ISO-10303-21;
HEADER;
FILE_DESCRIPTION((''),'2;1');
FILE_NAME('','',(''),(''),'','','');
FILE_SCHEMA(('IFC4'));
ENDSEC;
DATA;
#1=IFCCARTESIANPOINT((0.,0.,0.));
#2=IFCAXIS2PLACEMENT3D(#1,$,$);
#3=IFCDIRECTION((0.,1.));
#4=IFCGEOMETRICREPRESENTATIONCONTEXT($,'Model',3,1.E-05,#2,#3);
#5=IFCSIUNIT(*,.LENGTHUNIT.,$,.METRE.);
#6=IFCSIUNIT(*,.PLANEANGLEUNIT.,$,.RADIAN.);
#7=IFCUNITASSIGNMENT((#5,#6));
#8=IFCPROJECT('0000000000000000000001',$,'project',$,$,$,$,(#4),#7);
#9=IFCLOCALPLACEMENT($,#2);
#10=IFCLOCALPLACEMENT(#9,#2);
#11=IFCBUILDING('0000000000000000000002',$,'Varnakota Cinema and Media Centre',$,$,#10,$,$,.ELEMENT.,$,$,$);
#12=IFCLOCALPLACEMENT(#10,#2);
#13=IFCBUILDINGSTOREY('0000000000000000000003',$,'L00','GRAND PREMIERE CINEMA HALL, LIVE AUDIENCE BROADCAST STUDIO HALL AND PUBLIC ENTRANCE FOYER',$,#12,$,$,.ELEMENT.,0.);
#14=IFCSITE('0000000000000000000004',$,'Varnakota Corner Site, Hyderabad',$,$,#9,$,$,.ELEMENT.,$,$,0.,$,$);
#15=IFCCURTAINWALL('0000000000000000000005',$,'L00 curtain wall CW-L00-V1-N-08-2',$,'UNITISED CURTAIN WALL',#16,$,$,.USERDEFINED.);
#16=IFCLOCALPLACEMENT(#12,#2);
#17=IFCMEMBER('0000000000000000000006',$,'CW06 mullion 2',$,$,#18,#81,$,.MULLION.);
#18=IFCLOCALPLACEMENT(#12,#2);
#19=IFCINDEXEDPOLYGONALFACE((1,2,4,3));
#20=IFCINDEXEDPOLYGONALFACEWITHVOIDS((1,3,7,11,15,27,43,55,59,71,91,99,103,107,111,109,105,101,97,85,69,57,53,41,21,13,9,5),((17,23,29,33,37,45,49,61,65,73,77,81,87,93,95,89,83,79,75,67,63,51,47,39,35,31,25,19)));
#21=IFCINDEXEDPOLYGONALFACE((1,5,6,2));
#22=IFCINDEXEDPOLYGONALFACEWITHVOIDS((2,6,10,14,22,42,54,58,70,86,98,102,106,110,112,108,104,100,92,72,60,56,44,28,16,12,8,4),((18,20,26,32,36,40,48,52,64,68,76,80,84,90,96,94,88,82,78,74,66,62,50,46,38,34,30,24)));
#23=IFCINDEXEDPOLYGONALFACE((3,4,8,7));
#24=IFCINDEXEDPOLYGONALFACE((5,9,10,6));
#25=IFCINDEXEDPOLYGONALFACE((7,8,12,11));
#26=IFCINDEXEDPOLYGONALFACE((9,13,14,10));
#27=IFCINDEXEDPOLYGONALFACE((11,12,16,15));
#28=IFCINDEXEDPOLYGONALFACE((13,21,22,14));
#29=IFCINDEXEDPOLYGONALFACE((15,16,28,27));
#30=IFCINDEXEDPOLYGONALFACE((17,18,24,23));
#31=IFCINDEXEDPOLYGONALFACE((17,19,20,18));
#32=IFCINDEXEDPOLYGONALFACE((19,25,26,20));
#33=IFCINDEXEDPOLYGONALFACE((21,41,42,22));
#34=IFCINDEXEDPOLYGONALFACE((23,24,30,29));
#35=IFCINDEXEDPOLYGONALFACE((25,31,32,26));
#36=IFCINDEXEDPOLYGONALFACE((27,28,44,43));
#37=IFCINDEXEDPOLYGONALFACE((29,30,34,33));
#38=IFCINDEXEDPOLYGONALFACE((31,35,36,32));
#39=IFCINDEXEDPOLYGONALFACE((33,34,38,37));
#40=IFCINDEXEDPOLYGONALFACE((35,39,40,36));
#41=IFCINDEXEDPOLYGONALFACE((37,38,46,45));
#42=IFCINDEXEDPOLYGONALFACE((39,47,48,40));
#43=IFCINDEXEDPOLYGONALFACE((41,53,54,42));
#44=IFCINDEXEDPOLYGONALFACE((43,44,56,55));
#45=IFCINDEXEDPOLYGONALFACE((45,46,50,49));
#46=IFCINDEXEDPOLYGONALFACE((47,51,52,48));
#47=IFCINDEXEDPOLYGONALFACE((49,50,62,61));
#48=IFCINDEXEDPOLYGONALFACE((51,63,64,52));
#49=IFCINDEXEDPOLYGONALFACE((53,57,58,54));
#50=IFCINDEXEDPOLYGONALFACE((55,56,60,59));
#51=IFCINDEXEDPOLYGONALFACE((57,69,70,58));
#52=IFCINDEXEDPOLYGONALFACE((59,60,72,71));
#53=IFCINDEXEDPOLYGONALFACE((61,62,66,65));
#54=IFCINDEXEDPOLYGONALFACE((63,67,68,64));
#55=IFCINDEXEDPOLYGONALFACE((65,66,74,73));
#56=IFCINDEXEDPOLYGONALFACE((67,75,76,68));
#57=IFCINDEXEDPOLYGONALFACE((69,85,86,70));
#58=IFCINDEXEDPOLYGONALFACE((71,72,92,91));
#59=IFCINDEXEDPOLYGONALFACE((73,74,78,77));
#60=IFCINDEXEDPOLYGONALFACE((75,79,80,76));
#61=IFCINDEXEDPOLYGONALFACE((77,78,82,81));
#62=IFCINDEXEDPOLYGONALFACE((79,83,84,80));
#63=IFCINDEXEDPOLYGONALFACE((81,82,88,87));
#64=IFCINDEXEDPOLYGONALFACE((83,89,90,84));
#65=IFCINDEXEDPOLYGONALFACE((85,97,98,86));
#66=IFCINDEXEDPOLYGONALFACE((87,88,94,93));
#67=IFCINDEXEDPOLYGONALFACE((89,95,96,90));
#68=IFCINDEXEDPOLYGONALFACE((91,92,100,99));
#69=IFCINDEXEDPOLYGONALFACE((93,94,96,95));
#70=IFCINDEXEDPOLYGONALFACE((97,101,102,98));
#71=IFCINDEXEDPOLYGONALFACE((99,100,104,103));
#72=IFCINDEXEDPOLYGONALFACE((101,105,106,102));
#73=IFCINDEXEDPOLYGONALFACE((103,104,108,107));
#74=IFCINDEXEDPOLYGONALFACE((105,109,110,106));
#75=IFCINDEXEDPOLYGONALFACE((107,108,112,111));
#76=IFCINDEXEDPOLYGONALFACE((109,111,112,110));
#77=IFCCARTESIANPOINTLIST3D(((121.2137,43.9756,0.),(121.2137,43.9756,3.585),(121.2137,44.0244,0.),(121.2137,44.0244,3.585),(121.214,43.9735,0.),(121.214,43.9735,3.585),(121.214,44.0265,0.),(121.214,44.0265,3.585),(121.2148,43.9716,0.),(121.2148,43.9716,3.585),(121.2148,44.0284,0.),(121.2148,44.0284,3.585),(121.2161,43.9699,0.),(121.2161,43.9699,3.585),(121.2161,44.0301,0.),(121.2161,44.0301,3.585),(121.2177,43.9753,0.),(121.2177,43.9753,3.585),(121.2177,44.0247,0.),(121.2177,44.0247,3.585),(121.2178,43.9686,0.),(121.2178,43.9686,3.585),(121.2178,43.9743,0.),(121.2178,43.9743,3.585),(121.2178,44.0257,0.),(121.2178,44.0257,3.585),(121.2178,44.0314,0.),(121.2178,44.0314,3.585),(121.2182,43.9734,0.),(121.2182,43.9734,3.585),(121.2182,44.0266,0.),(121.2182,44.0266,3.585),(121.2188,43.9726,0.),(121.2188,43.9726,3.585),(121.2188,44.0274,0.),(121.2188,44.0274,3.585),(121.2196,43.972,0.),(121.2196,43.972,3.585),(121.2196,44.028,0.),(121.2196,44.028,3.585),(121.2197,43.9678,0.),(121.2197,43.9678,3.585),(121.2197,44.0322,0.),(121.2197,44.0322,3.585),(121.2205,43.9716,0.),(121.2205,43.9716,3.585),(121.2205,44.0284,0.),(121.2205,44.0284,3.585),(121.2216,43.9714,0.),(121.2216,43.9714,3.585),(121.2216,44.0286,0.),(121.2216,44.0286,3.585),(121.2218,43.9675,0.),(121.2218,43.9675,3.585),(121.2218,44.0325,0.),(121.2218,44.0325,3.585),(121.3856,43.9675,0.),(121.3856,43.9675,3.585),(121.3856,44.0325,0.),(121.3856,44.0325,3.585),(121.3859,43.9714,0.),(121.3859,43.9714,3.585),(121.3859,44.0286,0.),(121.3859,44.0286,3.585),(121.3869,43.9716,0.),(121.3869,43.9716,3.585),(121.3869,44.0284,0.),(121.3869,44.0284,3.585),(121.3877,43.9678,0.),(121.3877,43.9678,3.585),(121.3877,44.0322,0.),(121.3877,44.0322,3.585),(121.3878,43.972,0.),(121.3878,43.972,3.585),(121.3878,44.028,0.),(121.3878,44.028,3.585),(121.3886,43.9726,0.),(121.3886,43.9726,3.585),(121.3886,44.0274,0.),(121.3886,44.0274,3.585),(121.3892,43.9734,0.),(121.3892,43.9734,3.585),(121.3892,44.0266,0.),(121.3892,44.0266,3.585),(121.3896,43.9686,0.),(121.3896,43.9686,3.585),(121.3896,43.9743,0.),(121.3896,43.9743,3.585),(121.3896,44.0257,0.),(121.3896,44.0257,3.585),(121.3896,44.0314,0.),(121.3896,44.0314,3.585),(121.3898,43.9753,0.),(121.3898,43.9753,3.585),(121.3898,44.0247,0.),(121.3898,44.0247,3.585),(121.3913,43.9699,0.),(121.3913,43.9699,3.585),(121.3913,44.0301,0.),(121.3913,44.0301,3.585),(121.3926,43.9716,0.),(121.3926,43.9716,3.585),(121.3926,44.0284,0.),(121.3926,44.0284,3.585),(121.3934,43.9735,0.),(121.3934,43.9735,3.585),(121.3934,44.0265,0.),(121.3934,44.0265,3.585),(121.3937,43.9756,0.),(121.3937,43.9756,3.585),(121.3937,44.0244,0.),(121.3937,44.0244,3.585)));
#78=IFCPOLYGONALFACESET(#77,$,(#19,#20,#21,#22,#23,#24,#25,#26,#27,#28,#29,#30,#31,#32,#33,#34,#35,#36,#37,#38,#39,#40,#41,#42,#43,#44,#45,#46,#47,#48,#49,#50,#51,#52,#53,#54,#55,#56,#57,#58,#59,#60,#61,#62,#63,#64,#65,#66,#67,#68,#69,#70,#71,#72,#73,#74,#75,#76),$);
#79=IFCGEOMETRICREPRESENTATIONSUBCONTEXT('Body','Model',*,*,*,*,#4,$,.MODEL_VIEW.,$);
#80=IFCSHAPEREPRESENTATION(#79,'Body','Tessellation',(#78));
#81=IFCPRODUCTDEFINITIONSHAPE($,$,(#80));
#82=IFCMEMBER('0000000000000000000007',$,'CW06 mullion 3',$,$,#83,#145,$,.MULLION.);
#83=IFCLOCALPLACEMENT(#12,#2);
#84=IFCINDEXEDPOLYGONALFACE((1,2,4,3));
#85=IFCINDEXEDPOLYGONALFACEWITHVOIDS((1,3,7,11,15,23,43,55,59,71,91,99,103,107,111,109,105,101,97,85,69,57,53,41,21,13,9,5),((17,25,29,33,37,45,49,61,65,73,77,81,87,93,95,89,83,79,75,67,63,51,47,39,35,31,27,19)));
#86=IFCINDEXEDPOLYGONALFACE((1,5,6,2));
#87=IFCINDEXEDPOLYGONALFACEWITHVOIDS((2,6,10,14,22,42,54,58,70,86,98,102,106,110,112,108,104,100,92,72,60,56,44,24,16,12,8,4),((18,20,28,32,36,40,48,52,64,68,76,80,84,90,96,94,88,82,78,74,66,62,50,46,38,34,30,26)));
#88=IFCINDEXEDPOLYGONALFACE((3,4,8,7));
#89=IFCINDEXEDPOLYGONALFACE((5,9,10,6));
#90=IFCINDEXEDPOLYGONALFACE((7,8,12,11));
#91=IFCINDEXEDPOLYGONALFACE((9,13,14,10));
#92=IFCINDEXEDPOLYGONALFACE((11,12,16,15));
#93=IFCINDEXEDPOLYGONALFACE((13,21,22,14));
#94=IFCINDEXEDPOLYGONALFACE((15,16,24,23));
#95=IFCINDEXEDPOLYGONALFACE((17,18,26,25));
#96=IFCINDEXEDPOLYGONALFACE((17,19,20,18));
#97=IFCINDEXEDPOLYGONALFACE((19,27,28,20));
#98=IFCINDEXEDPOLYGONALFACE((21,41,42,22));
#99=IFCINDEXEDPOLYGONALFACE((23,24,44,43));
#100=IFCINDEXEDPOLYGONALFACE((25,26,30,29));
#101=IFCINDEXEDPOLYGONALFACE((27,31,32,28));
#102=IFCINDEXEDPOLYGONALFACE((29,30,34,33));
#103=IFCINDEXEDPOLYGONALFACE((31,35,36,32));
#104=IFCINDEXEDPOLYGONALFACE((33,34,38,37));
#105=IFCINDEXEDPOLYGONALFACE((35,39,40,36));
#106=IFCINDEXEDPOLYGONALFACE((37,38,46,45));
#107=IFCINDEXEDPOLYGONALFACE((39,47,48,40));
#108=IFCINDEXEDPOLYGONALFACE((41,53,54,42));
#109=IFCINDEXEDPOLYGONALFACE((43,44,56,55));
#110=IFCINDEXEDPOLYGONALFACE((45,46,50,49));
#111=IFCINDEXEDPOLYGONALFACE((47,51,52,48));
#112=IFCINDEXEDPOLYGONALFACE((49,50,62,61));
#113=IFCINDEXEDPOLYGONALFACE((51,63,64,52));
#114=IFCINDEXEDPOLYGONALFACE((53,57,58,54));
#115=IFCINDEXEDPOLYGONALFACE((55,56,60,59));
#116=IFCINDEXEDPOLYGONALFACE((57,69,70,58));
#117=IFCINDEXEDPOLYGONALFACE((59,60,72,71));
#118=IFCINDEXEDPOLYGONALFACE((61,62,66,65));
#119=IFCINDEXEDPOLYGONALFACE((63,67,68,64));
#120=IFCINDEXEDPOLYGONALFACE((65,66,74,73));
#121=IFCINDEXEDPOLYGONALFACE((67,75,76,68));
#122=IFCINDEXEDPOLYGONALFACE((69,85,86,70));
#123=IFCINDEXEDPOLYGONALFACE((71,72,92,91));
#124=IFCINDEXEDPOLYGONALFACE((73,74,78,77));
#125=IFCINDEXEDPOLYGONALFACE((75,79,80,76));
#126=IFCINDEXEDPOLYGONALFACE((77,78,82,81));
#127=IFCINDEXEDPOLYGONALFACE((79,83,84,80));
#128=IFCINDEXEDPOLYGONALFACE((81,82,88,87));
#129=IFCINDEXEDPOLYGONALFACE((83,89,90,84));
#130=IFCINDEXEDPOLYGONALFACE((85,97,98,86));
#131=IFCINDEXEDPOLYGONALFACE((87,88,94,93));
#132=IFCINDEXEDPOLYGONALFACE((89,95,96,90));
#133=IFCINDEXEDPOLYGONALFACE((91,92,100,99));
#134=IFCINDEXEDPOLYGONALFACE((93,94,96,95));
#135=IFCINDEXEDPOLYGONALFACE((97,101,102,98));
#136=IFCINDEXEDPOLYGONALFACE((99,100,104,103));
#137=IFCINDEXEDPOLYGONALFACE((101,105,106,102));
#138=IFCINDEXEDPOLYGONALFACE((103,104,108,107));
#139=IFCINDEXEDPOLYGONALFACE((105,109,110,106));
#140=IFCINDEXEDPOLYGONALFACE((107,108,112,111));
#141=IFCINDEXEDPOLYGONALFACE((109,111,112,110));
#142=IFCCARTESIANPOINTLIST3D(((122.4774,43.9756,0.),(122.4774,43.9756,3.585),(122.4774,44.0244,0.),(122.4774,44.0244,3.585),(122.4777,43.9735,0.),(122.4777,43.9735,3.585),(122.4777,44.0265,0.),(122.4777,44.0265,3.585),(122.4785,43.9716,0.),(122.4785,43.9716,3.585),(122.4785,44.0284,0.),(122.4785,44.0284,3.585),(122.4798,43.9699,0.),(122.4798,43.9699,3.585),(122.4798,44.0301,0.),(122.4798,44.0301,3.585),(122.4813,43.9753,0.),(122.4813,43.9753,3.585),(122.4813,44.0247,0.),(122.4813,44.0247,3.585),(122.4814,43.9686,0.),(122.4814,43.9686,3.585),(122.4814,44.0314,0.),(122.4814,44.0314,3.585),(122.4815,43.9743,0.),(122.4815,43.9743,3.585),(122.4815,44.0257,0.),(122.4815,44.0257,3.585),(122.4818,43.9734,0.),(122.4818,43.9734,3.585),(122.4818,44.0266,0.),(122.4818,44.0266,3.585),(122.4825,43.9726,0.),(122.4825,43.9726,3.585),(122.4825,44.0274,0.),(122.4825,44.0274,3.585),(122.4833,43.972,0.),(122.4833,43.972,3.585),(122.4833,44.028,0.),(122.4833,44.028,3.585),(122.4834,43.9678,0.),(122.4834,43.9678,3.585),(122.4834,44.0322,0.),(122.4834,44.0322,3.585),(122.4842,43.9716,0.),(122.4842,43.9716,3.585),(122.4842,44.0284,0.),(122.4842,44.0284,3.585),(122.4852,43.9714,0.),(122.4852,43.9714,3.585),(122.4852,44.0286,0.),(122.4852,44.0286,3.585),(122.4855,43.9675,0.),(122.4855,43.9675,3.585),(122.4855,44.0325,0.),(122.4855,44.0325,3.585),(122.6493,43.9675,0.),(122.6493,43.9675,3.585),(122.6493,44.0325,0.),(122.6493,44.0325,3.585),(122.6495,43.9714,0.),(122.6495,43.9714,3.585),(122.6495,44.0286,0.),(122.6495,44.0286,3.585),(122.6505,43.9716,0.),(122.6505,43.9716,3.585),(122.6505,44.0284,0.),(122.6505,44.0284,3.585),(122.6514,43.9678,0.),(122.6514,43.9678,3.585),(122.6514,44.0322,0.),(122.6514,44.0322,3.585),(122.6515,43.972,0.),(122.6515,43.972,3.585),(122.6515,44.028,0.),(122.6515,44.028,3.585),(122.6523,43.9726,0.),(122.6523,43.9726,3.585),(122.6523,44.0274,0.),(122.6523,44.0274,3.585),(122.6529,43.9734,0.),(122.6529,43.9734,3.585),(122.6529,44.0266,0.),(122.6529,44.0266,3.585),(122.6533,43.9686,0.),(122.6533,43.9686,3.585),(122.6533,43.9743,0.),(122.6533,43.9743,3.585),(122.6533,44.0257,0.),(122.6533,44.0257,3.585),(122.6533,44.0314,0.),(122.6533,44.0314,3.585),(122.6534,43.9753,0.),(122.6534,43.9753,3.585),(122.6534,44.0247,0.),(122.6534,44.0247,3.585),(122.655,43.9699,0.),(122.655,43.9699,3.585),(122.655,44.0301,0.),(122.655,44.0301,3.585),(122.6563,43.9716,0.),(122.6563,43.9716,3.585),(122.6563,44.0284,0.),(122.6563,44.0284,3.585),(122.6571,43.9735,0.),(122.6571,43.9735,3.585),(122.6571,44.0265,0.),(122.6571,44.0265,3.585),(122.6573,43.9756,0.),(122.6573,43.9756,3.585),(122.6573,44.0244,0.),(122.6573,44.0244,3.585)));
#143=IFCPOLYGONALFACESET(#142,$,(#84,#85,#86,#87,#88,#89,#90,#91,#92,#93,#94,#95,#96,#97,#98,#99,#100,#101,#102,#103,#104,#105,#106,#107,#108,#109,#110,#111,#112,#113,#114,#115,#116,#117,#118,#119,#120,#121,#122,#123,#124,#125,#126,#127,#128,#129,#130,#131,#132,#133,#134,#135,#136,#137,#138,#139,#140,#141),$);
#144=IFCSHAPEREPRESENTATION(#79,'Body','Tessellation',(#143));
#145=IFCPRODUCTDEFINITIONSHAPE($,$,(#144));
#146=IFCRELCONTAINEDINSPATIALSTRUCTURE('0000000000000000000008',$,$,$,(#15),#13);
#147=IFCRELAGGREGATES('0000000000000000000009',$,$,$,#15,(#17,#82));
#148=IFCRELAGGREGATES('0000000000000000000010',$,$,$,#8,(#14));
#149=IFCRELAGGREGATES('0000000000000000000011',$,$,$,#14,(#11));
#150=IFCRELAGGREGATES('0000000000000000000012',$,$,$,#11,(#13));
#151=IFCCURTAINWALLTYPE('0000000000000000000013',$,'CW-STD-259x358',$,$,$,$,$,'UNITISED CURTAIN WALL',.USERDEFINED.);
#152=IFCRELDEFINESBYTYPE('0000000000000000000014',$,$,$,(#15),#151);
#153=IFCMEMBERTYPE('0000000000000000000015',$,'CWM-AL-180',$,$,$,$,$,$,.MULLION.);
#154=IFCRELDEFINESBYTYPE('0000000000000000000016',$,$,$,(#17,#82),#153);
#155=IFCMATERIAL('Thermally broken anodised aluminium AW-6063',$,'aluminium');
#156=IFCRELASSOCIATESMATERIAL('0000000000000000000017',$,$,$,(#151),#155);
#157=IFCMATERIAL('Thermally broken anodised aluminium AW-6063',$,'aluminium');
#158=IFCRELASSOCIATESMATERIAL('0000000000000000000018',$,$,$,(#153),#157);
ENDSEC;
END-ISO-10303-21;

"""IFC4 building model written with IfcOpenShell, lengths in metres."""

from ifc_helpers import new_model, si_unit, direction, frame, origin, origin_2d, place, context, subcontext, project, spatial, hollow_rectangle, extrude, material, material_profile, profile_set, type_object, element, aggregate, save


model = new_model("IFC4")

# Units and contexts
model_context = context("Model", 3, precision=1e-05, world=origin(), true_north=direction((0.0, 1.0)))
body_context = subcontext(model_context, "Body", "Model", "MODEL_VIEW")
ifc_project = project(units=[si_unit("LENGTHUNIT", "METRE"), si_unit("PLANEANGLEUNIT", "RADIAN")], contexts=[model_context])

# Site, building, storey
site_placement = place(None, origin())
site = spatial("IfcSite", under=ifc_project, at=site_placement, Name="Varnakota Corner Site, Hyderabad", CompositionType="ELEMENT", RefElevation=0.0)
building_placement = place(site_placement, origin())
building = spatial("IfcBuilding", under=site, at=building_placement, Name="Varnakota Cinema and Media Centre", CompositionType="ELEMENT")
storey_placement = place(building_placement, origin())
storey = spatial("IfcBuildingStorey", under=building, at=storey_placement, Name="L00", Description="GRAND PREMIERE CINEMA HALL, LIVE AUDIENCE BROADCAST STUDIO HALL AND PUBLIC ENTRANCE FOYER", CompositionType="ELEMENT", Elevation=0.0)

# Curtain wall, members
ifc_material_1 = material(Name="Thermally broken anodised aluminium AW-6063", Category="aluminium")
curtain_wall_type = type_object("IfcCurtainWallType", Name="CW-STD-259x358", ElementType="UNITISED CURTAIN WALL", PredefinedType="USERDEFINED", material=ifc_material_1)
curtain_wall_1_placement = place(storey_placement, origin())
curtain_wall_1 = element("IfcCurtainWall", 1, at=curtain_wall_1_placement, inside=storey, type_object=curtain_wall_type, Name="L00 curtain wall CW-L00-V1-N-08-2", ObjectType="UNITISED CURTAIN WALL", PredefinedType="USERDEFINED")
ifc_material_2 = material(Name="Thermally broken anodised aluminium AW-6063", Category="aluminium")
ifc_material_profile_1 = material_profile(ifc_material_2, hollow_rectangle(XDim=0.0649, YDim=0.1799, WallThickness=0.0039, InnerFilletRadius=0.0039, OuterFilletRadius=0.0081, at=origin_2d()), Name="AL-MULLION 180x65x4")
ifc_profile_set_1 = profile_set([ifc_material_profile_1], Name="Thermally broken anodised aluminium AW-6063")
member_type_1 = type_object("IfcMemberType", Name="CWM-AL-180", PredefinedType="MULLION", material=ifc_profile_set_1)
member_1_placement = place(storey_placement, frame((121.3037, 44.0, 0.0), z_axis=(0.0, 0.0, 1.0), x_axis=(0.0, 1.0, 0.0)))
member_1 = element("IfcMember", 2, at=member_1_placement, type_object=member_type_1, Name="CW06 mullion 2", PredefinedType="MULLION", context=body_context, shape_type="SweptSolid", body=[
    extrude(hollow_rectangle(XDim=0.0649, YDim=0.1799, WallThickness=0.0039, InnerFilletRadius=0.0039, OuterFilletRadius=0.0081, at=origin_2d()), origin(), (0.0, 0.0, 1.0), 3.585),
])
member_2_placement = place(storey_placement, frame((122.5674, 44.0, 0.0), z_axis=(0.0, 0.0, 1.0), x_axis=(0.0, 1.0, 0.0)))
member_2 = element("IfcMember", 3, at=member_2_placement, type_object=member_type_1, Name="CW06 mullion 3", PredefinedType="MULLION", context=body_context, shape_type="SweptSolid", body=[
    extrude(hollow_rectangle(XDim=0.0649, YDim=0.1799, WallThickness=0.0039, InnerFilletRadius=0.0039, OuterFilletRadius=0.0081, at=origin_2d()), origin(), (0.0, 0.0, 1.0), 3.585),
])

aggregate(curtain_wall_1, [member_1, member_2])

save(model, "model.ifc")
